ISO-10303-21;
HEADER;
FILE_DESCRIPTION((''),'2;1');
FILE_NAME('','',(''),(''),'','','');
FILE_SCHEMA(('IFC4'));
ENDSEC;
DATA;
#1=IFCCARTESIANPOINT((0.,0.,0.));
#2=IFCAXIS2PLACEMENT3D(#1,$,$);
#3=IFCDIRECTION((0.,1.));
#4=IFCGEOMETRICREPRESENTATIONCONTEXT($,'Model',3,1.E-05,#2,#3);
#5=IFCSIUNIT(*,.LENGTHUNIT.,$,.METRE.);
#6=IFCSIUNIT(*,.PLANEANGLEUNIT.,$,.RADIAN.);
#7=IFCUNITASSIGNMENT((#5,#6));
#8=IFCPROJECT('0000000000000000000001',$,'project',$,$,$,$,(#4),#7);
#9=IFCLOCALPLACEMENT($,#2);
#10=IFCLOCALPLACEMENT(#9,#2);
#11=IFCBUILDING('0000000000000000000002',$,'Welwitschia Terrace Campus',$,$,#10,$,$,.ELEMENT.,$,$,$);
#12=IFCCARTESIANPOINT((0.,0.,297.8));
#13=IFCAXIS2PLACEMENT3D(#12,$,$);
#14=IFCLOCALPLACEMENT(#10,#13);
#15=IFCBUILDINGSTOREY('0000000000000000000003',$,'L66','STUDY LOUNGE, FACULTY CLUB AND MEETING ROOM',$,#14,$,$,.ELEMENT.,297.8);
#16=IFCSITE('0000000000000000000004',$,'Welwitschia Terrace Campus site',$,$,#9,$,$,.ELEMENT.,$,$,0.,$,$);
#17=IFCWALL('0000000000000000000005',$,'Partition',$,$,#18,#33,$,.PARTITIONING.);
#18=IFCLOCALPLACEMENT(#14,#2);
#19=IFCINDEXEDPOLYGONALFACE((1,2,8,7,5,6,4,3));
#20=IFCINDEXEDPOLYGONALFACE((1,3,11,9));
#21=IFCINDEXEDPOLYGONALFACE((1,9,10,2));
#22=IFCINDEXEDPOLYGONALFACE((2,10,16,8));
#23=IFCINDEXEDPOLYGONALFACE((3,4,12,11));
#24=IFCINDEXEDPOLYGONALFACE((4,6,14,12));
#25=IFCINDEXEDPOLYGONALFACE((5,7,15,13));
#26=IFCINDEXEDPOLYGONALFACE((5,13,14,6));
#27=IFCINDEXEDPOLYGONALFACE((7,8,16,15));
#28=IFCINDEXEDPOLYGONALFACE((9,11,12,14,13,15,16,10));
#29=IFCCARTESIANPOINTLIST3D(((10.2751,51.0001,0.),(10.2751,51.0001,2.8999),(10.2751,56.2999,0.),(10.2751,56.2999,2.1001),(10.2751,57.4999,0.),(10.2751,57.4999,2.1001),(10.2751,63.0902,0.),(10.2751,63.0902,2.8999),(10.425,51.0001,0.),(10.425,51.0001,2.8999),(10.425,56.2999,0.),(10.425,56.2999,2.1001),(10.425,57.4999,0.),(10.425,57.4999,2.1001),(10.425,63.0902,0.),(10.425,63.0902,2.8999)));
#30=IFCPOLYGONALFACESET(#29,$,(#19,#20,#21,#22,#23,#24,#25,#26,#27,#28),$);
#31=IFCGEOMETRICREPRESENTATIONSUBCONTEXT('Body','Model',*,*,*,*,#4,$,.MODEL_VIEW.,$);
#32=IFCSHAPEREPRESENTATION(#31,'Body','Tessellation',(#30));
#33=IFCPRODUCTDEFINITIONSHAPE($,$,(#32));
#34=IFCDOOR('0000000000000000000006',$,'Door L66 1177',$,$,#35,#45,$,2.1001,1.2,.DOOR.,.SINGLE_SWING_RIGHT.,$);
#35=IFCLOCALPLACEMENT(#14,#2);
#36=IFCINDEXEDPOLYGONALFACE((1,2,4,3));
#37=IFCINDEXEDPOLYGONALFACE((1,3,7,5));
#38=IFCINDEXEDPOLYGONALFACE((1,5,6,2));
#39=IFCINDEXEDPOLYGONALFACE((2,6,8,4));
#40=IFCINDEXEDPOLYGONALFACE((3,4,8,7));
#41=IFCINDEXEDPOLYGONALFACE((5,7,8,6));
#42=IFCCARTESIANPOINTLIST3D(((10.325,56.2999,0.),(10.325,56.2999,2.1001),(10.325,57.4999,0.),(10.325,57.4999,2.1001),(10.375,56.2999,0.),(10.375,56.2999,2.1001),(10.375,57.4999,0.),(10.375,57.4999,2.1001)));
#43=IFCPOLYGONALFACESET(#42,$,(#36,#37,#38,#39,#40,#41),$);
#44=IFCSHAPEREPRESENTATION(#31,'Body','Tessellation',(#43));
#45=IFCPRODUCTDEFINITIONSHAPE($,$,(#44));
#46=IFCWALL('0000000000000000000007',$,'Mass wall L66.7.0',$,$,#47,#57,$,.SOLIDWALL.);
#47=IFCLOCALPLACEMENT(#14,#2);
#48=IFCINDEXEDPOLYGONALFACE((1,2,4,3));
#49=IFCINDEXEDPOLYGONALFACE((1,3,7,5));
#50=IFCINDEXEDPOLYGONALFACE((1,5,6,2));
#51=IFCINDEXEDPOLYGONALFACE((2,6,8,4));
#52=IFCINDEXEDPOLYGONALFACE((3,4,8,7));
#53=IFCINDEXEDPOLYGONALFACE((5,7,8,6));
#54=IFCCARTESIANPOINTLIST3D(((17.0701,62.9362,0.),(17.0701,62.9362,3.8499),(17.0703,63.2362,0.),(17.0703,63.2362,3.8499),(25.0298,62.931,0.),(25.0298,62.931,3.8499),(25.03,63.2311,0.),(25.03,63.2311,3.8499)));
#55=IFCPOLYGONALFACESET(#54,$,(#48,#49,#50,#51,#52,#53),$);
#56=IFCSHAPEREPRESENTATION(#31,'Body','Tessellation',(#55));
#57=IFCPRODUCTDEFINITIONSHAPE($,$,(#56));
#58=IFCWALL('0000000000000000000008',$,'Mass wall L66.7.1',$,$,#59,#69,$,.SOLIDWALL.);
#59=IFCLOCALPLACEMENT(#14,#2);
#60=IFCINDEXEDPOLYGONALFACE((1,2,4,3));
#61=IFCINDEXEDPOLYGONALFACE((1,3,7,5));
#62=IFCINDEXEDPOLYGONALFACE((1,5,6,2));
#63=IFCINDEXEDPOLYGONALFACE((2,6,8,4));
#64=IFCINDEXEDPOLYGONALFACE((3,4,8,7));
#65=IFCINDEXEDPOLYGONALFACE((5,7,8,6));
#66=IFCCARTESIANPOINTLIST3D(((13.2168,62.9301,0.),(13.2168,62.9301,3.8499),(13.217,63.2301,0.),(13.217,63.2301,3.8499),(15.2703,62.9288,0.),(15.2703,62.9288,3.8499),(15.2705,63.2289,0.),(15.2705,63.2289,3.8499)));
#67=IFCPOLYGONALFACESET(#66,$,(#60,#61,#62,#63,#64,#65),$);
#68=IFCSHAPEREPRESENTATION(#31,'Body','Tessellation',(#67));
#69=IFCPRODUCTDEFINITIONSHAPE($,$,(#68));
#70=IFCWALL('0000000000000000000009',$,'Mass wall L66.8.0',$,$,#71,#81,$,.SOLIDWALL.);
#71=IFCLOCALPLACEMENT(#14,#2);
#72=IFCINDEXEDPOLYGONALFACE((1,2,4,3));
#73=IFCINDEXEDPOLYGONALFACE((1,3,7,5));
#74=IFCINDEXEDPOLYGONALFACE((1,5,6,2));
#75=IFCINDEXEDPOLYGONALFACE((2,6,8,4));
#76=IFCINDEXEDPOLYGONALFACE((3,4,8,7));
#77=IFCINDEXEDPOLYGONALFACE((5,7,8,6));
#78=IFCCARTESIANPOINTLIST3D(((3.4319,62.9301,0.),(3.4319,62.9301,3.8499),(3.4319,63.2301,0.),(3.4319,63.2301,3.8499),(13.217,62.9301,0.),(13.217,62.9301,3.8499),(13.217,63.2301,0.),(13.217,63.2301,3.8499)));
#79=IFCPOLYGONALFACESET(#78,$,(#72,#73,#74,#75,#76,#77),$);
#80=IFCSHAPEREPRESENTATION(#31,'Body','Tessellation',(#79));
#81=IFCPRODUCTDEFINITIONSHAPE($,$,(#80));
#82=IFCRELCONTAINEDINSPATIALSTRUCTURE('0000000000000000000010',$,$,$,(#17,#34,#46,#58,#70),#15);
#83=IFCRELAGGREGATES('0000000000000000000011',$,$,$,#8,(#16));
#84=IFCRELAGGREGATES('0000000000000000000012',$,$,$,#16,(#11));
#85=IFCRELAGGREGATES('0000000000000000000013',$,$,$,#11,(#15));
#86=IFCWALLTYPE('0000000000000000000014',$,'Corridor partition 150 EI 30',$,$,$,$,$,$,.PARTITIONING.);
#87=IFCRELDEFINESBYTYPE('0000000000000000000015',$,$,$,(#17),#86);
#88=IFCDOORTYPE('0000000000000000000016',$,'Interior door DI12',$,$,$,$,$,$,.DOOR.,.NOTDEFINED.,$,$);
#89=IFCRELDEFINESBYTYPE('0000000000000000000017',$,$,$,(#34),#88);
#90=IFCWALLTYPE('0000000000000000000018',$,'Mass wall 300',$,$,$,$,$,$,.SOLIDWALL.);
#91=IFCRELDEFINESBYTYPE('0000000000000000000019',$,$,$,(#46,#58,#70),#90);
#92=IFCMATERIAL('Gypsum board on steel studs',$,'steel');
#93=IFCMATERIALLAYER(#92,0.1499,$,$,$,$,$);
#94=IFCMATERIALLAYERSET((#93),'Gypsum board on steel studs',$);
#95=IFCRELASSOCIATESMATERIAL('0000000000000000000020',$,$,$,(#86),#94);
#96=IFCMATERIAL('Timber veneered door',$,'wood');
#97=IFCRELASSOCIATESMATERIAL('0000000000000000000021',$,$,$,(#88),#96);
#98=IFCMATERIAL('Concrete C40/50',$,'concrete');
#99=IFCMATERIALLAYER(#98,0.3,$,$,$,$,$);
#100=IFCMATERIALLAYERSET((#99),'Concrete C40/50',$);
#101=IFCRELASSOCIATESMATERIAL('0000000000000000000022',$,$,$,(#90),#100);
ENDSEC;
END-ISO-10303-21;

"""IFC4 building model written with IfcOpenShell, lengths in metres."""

from ifc_helpers import new_model, si_unit, direction, frame, frame_2d, origin, place, context, subcontext, project, spatial, rectangle, extrude, material, layer, layer_set, type_object, element, fill, save


model = new_model("IFC4")

# Units and contexts
model_context = context("Model", 3, precision=1e-05, world=origin(), true_north=direction((0.0, 1.0)))
body_context = subcontext(model_context, "Body", "Model", "MODEL_VIEW")
ifc_project = project(units=[si_unit("LENGTHUNIT", "METRE"), si_unit("PLANEANGLEUNIT", "RADIAN")], contexts=[model_context])

# Site, building, storey
site_placement = place(None, origin())
site = spatial("IfcSite", under=ifc_project, at=site_placement, Name="Welwitschia Terrace Campus site", CompositionType="ELEMENT", RefElevation=0.0)
building_placement = place(site_placement, origin())
building = spatial("IfcBuilding", under=site, at=building_placement, Name="Welwitschia Terrace Campus", CompositionType="ELEMENT")
storey_placement = place(building_placement, frame((0.0, 0.0, 297.8)))
storey = spatial("IfcBuildingStorey", under=building, at=storey_placement, Name="L66", Description="STUDY LOUNGE, FACULTY CLUB AND MEETING ROOM", CompositionType="ELEMENT", Elevation=297.8)

# Shared definitions
ifc_material_1 = material(Name="Gypsum board on steel studs", Category="steel")
ifc_layer_1 = layer(ifc_material_1, 0.1499)
ifc_layer_set_1 = layer_set([ifc_layer_1], Name="Gypsum board on steel studs")
wall_type_1 = type_object("IfcWallType", Name="Corridor partition 150 EI 30", PredefinedType="PARTITIONING", material=ifc_layer_set_1)

# Wall, opening, door
wall_1_placement = place(storey_placement, frame((10.3501, 63.0901, 0.0), z_axis=(0.0, 0.0, 1.0), x_axis=(0.0, -1.0, 0.0)))
wall_1 = element("IfcWall", 1, at=wall_1_placement, inside=storey, type_object=wall_type_1, Name="Partition", PredefinedType="PARTITIONING", context=body_context, shape_type="SweptSolid", body=[
    extrude(rectangle(XDim=12.0901, YDim=0.1499, at=frame_2d((6.0449, 0.0))), origin(), (0.0, 0.0, 1.0), 2.8999),
])
opening_1_placement = place(wall_1_placement, frame((5.5901, 0.0, 0.0)))
opening_1 = element("IfcOpeningElement", 2, at=opening_1_placement, cuts=wall_1, PredefinedType="OPENING", context=body_context, shape_type="SweptSolid", body=[
    extrude(rectangle(XDim=1.2, YDim=2.1001, at=frame_2d((0.6001, 1.05))), frame((0.0, 0.085, 0.0), z_axis=(0.0, -1.0, 0.0), x_axis=(1.0, 0.0, 0.0)), (0.0, 0.0, 1.0), 0.1699),
])
ifc_material_2 = material(Name="Timber veneered door", Category="wood")
door_type_1 = type_object("IfcDoorType", Name="Interior door DI12", OperationType="NOTDEFINED", PredefinedType="DOOR", material=ifc_material_2)
door_1_placement = place(opening_1_placement, origin())
door_1 = element("IfcDoor", 3, at=door_1_placement, inside=storey, type_object=door_type_1, Name="Door L66 1177", OperationType="SINGLE_SWING_RIGHT", OverallHeight=2.1001, OverallWidth=1.2, PredefinedType="DOOR", context=body_context, shape_type="SweptSolid", body=[
    extrude(rectangle(XDim=1.2, YDim=2.1001, at=frame_2d((0.6001, 1.05))), frame((0.0, 0.0249, 0.0), z_axis=(0.0, -1.0, 0.0), x_axis=(1.0, 0.0, 0.0)), (0.0, 0.0, 1.0), 0.05),
])
fill(opening_1, door_1)

# Walls
ifc_material_3 = material(Name="Concrete C40/50", Category="concrete")
ifc_layer_2 = layer(ifc_material_3, 0.3)
ifc_layer_set_2 = layer_set([ifc_layer_2], Name="Concrete C40/50")
wall_type_2 = type_object("IfcWallType", Name="Mass wall 300", PredefinedType="SOLIDWALL", material=ifc_layer_set_2)
wall_2_placement = place(storey_placement, frame((25.03, 63.0811, 0.0), z_axis=(0.0, 0.0, 1.0), x_axis=(-1.0, 0.000644, 0.0)))
element("IfcWall", 4, at=wall_2_placement, inside=storey, type_object=wall_type_2, Name="Mass wall L66.7.0", PredefinedType="SOLIDWALL", context=body_context, shape_type="SweptSolid", body=[
    extrude(rectangle(XDim=7.9597, YDim=0.3, at=frame_2d((3.98, 0.0))), origin(), (0.0, 0.0, 1.0), 3.8499),
])
wall_3_placement = place(storey_placement, frame((15.2705, 63.0789, 0.0), z_axis=(0.0, 0.0, 1.0), x_axis=(-1.0, 0.000594, 0.0)))
element("IfcWall", 5, at=wall_3_placement, inside=storey, type_object=wall_type_2, Name="Mass wall L66.7.1", PredefinedType="SOLIDWALL", context=body_context, shape_type="SweptSolid", body=[
    extrude(rectangle(XDim=2.0535, YDim=0.3, at=frame_2d((1.0269, 0.0))), origin(), (0.0, 0.0, 1.0), 3.8499),
])
wall_4_placement = place(storey_placement, frame((13.217, 63.0801, 0.0), z_axis=(0.0, 0.0, 1.0), x_axis=(-1.0, 0.0, 0.0)))
element("IfcWall", 6, at=wall_4_placement, inside=storey, type_object=wall_type_2, Name="Mass wall L66.8.0", PredefinedType="SOLIDWALL", context=body_context, shape_type="SweptSolid", body=[
    extrude(rectangle(XDim=9.7852, YDim=0.3, at=frame_2d((4.8926, 0.0))), origin(), (0.0, 0.0, 1.0), 3.8499),
])

save(model, "model.ifc")
